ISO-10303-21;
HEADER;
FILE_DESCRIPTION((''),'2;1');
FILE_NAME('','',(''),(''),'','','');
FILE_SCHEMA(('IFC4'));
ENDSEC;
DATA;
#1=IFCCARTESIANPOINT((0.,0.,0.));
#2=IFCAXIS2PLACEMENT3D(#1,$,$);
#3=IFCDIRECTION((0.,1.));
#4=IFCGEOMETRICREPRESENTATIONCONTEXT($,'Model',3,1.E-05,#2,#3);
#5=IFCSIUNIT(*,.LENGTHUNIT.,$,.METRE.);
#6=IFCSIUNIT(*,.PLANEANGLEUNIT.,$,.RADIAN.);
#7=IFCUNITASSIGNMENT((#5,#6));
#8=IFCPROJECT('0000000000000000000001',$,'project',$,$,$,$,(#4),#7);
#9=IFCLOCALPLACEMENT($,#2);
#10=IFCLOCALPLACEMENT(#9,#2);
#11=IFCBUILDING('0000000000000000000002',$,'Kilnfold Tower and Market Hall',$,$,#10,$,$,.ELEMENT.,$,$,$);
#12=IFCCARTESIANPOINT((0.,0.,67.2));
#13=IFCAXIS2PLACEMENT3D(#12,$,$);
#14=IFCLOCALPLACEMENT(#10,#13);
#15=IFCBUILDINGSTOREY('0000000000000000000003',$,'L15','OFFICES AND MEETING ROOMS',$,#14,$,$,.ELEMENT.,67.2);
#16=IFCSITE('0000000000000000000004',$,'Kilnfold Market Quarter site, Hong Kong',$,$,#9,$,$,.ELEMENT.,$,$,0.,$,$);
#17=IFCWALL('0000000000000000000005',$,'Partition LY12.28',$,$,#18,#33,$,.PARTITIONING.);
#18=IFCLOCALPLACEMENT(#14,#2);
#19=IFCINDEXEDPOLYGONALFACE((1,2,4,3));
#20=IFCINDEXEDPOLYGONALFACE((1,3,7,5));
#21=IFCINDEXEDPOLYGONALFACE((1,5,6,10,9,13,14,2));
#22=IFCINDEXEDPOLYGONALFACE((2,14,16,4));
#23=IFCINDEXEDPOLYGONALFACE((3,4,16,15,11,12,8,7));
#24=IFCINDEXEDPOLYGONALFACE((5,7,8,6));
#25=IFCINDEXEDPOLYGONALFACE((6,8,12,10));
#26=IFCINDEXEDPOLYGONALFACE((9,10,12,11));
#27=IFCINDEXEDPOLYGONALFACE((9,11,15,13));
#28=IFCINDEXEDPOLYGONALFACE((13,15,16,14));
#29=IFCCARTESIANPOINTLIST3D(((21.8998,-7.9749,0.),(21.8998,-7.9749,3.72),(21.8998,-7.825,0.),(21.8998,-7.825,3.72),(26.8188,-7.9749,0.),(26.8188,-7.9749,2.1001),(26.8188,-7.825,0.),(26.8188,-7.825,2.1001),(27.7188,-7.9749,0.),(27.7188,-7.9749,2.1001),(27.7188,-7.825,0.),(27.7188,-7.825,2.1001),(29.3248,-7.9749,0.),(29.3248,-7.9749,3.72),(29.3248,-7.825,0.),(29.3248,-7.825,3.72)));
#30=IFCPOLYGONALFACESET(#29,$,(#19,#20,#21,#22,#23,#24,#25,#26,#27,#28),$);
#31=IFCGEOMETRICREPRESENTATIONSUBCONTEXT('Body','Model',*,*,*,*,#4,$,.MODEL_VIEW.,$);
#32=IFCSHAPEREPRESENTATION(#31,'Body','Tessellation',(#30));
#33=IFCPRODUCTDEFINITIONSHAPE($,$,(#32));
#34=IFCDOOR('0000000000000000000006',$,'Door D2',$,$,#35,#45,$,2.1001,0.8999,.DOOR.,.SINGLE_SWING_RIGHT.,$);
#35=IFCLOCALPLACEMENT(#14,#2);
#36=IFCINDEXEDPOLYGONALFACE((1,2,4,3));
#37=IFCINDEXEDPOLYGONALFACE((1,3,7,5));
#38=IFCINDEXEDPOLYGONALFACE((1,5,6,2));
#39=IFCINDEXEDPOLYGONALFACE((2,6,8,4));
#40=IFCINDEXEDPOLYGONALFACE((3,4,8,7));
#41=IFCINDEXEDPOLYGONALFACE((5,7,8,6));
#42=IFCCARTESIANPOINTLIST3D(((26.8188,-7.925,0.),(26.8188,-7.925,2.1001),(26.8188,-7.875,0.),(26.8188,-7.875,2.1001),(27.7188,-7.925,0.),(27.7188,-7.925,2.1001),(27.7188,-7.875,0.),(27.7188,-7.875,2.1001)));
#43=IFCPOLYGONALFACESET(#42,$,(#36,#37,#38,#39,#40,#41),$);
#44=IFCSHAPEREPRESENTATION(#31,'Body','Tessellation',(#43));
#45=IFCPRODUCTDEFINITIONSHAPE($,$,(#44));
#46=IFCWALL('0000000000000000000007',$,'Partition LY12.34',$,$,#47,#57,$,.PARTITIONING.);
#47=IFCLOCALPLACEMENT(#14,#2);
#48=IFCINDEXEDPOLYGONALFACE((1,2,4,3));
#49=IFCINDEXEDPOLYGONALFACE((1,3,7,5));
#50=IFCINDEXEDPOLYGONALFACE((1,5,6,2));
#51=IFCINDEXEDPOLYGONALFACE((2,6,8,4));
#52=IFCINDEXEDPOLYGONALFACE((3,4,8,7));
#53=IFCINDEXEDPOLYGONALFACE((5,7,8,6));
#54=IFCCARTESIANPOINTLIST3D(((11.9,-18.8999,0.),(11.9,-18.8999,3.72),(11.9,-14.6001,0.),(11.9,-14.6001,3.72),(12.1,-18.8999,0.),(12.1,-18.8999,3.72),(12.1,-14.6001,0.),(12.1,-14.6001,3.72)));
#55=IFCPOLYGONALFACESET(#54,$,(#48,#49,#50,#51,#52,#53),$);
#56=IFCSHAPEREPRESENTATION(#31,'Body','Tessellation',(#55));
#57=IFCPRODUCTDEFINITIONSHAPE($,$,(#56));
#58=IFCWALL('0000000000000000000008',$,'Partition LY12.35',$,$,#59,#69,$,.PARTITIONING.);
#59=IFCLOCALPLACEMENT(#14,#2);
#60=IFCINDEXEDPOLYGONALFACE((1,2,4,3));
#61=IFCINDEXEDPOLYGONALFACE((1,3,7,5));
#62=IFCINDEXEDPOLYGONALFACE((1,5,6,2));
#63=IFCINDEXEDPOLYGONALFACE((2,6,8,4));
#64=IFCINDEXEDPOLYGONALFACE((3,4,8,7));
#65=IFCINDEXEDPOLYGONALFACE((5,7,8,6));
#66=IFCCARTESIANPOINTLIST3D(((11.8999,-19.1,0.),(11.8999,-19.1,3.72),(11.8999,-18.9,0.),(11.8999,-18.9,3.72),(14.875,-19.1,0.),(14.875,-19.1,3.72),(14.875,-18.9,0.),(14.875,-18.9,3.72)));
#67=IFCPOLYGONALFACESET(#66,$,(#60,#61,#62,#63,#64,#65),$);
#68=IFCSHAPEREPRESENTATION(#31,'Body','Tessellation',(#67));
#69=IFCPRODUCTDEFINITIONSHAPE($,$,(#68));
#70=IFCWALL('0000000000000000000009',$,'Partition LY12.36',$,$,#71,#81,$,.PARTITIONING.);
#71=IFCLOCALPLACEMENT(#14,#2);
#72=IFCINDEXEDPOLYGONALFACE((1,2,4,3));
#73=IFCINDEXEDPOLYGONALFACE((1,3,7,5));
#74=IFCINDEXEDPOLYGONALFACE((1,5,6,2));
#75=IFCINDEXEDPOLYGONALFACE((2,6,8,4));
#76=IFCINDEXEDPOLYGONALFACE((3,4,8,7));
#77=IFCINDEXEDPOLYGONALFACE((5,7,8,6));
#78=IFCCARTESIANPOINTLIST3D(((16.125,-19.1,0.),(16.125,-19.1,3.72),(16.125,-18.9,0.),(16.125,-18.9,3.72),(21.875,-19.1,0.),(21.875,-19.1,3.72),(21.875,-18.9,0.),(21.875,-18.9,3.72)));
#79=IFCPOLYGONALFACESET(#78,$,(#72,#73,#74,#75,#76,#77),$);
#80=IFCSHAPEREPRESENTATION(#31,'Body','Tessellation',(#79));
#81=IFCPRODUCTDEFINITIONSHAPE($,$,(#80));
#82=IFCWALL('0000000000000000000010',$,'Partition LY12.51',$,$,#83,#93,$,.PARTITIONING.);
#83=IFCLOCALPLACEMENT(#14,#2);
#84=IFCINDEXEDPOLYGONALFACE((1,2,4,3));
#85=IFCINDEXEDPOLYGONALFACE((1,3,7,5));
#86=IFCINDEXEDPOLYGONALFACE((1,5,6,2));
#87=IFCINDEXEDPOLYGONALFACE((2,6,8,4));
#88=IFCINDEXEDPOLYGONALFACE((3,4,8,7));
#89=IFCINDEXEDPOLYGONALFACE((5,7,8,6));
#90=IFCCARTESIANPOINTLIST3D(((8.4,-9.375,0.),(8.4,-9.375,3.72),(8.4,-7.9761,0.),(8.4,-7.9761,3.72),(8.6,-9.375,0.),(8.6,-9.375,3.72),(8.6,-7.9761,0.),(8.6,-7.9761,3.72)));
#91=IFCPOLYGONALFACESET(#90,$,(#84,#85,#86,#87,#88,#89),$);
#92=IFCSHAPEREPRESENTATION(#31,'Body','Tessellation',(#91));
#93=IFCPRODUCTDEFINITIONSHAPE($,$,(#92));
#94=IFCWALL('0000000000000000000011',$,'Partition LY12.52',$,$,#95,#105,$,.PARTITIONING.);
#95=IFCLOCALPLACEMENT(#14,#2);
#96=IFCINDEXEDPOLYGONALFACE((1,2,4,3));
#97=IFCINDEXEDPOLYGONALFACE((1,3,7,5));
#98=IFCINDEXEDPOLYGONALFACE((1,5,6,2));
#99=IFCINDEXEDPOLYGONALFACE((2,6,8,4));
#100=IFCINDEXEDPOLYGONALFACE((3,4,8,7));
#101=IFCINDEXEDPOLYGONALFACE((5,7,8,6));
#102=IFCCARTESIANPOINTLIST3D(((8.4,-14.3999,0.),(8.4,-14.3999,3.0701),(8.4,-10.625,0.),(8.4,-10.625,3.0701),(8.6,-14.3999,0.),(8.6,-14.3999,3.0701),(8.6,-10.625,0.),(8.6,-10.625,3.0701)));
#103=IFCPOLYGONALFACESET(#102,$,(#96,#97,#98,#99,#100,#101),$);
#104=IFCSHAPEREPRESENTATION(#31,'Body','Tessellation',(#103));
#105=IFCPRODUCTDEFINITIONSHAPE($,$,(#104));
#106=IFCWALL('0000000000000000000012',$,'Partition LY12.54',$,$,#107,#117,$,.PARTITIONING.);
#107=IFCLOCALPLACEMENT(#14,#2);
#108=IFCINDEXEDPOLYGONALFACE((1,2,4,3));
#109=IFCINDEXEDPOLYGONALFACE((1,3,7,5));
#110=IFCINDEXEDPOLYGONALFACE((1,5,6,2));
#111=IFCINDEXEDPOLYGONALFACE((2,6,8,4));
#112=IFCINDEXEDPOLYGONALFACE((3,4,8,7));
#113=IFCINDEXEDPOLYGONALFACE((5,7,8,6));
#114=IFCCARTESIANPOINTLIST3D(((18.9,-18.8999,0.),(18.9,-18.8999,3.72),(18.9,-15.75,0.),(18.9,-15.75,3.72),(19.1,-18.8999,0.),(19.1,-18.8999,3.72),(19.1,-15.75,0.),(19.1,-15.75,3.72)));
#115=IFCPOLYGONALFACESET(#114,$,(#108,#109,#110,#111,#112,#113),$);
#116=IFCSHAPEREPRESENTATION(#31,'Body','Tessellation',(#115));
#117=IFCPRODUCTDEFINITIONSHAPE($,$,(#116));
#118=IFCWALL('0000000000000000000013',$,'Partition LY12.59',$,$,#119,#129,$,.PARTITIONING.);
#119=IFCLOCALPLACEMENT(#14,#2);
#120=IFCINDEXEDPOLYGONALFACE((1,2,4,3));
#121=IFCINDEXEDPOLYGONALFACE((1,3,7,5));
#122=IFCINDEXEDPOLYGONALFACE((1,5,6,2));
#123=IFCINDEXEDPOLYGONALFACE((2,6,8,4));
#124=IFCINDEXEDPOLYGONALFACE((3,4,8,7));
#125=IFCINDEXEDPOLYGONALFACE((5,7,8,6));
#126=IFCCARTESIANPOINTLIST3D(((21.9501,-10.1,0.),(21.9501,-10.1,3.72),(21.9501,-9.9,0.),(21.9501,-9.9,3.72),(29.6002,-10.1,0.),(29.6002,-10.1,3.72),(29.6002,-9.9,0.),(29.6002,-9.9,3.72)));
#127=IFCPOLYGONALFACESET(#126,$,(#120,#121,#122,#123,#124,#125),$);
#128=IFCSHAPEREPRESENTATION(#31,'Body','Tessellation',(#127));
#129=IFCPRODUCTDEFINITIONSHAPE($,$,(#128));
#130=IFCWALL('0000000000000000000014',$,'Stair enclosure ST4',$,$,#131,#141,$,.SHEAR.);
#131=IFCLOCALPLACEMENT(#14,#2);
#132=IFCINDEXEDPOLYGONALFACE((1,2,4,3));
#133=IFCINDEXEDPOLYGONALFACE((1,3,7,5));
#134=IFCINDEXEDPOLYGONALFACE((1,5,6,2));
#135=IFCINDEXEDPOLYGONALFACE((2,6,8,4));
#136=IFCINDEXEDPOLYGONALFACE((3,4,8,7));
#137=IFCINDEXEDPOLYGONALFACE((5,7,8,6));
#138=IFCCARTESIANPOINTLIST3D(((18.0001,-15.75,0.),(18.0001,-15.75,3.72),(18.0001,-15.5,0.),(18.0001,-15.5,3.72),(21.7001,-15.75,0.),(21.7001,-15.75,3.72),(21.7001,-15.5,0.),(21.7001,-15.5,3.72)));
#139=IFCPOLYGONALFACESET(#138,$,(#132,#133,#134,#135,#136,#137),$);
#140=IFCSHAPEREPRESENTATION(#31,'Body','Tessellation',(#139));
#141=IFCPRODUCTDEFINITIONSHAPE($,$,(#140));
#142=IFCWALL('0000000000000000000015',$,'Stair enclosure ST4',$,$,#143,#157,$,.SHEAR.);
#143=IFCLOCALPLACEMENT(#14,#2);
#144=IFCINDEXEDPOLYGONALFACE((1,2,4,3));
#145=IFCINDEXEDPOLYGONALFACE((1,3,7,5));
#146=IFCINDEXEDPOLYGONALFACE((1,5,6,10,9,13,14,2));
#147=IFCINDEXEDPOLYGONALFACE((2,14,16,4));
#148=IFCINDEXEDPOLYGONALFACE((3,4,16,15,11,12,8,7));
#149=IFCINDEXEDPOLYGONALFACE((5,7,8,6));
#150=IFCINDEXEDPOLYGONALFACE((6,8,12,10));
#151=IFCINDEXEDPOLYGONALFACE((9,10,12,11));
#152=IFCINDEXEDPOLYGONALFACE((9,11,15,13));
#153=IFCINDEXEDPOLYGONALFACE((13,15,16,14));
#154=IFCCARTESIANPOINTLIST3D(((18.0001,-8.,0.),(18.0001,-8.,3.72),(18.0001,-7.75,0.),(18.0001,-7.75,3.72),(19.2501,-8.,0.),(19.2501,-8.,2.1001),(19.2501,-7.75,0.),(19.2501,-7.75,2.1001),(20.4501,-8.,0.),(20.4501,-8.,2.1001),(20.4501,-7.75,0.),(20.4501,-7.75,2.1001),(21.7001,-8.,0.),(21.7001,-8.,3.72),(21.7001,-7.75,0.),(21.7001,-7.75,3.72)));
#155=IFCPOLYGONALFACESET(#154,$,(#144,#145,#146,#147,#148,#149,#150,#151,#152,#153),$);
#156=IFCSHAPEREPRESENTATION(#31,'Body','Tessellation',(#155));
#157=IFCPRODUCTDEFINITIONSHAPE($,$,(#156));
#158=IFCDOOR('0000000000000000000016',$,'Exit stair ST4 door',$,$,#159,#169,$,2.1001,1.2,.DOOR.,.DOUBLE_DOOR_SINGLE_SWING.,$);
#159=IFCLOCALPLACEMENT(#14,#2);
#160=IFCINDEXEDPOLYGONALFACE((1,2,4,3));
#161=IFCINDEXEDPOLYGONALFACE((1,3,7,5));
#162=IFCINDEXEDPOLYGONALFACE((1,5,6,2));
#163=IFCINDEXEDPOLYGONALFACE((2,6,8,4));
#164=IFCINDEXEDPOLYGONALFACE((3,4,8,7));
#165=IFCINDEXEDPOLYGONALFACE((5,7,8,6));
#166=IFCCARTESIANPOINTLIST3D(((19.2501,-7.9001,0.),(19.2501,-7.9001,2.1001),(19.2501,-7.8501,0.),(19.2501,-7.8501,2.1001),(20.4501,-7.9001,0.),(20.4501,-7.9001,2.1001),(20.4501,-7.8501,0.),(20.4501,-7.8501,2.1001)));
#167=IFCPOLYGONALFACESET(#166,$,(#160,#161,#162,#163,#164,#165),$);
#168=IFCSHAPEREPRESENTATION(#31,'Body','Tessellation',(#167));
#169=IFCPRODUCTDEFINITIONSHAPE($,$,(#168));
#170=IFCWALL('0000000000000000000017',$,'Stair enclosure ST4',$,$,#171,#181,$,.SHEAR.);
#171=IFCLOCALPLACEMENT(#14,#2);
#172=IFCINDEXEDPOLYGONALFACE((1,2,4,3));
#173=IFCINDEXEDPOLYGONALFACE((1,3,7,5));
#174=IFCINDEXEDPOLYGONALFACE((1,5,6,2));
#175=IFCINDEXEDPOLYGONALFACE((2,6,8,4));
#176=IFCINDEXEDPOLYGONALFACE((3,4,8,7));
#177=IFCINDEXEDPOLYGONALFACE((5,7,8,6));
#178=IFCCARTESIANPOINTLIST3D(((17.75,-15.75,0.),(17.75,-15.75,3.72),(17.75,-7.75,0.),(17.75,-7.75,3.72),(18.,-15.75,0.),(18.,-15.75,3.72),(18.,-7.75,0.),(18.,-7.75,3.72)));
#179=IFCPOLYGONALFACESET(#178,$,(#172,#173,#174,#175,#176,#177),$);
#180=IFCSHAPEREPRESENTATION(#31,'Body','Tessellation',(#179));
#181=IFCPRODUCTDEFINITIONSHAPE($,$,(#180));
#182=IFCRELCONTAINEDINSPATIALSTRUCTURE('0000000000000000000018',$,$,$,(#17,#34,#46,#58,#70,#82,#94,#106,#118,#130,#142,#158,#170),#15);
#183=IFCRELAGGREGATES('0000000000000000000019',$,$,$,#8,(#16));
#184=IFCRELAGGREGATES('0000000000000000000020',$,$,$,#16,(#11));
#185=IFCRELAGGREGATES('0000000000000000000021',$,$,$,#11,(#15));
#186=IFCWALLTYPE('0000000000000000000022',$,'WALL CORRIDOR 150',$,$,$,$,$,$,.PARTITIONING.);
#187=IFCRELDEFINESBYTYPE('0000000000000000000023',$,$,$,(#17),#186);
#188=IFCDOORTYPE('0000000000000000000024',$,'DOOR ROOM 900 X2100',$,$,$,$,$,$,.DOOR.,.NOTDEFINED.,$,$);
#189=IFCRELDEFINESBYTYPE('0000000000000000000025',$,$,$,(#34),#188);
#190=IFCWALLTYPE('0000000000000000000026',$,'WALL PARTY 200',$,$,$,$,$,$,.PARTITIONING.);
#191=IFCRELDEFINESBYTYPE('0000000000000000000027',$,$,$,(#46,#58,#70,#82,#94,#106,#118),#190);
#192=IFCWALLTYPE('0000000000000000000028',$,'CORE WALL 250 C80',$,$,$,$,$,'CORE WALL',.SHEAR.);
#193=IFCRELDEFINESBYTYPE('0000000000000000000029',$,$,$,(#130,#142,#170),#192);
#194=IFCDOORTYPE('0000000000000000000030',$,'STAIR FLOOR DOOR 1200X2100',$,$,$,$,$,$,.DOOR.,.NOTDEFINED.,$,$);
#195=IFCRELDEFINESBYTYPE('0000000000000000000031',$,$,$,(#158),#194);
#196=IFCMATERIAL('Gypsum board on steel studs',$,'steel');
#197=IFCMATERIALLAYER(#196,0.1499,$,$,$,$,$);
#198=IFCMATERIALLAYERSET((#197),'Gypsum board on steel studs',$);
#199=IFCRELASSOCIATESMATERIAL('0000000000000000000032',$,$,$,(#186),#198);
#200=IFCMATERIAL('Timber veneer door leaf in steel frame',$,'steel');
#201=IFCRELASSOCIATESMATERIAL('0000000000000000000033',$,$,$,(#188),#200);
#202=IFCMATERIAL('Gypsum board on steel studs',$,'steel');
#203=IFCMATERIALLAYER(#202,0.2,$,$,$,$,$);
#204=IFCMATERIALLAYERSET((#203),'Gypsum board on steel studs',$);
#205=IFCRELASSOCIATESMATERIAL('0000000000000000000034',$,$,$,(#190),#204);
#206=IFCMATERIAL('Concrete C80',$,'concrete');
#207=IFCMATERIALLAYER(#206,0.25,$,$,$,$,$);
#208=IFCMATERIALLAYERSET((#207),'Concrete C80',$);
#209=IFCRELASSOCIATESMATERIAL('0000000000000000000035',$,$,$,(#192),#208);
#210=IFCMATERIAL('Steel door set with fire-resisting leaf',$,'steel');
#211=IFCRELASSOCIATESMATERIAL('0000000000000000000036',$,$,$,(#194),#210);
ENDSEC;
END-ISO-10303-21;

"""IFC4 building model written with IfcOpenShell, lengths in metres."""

from ifc_helpers import new_model, si_unit, direction, frame, frame_2d, origin, place, context, subcontext, project, spatial, rectangle, extrude, source, transform, mapped, material, layer, layer_set, type_object, element, fill, save


model = new_model("IFC4")

# Units and contexts
model_context = context("Model", 3, precision=1e-05, world=origin(), true_north=direction((0.0, 1.0)))
body_context = subcontext(model_context, "Body", "Model", "MODEL_VIEW")
ifc_project = project(units=[si_unit("LENGTHUNIT", "METRE"), si_unit("PLANEANGLEUNIT", "RADIAN")], contexts=[model_context])

# Site, building, storey
site_placement = place(None, origin())
site = spatial("IfcSite", under=ifc_project, at=site_placement, Name="Kilnfold Market Quarter site, Hong Kong", CompositionType="ELEMENT", RefElevation=0.0)
building_placement = place(site_placement, origin())
building = spatial("IfcBuilding", under=site, at=building_placement, Name="Kilnfold Tower and Market Hall", CompositionType="ELEMENT")
storey_placement = place(building_placement, frame((0.0, 0.0, 67.2)))
storey = spatial("IfcBuildingStorey", under=building, at=storey_placement, Name="L15", Description="OFFICES AND MEETING ROOMS", CompositionType="ELEMENT", Elevation=67.2)

# Wall, opening, door
ifc_material_1 = material(Name="Gypsum board on steel studs", Category="steel")
ifc_layer_1 = layer(ifc_material_1, 0.1499)
ifc_layer_set_1 = layer_set([ifc_layer_1], Name="Gypsum board on steel studs")
wall_type_1 = type_object("IfcWallType", Name="WALL CORRIDOR 150", PredefinedType="PARTITIONING", material=ifc_layer_set_1)
wall_1_placement = place(storey_placement, frame((21.8999, -7.8999, 0.0), z_axis=(0.0, 0.0, 1.0), x_axis=(1.0, 0.0, 0.0)))
wall_1 = element("IfcWall", 1, at=wall_1_placement, inside=storey, type_object=wall_type_1, Name="Partition LY12.28", PredefinedType="PARTITIONING", context=body_context, shape_type="SweptSolid", body=[
    extrude(rectangle(XDim=7.425, YDim=0.1499, at=frame_2d((3.7124, 0.0))), origin(), (0.0, 0.0, 1.0), 3.72),
])
opening_1_placement = place(wall_1_placement, frame((4.9189, 0.0, 0.0)))
opening_1 = element("IfcOpeningElement", 2, at=opening_1_placement, cuts=wall_1, PredefinedType="OPENING", context=body_context, shape_type="SweptSolid", body=[
    extrude(rectangle(XDim=0.8999, YDim=2.1001, at=frame_2d((0.45, 1.05))), frame((0.0, 0.085, 0.0), z_axis=(0.0, -1.0, 0.0), x_axis=(1.0, 0.0, 0.0)), (0.0, 0.0, 1.0), 0.1699),
])
ifc_material_2 = material(Name="Timber veneer door leaf in steel frame", Category="steel")
door_type_1 = type_object("IfcDoorType", Name="DOOR ROOM 900 X2100", OperationType="NOTDEFINED", PredefinedType="DOOR", material=ifc_material_2)
door_1_placement = place(opening_1_placement, origin())
door_1 = element("IfcDoor", 3, at=door_1_placement, inside=storey, type_object=door_type_1, Name="Door D2", OperationType="SINGLE_SWING_RIGHT", OverallHeight=2.1001, OverallWidth=0.8999, PredefinedType="DOOR", context=body_context, shape_type="SweptSolid", body=[
    extrude(rectangle(XDim=0.8999, YDim=2.1001, at=frame_2d((0.45, 1.05))), frame((0.0, 0.0249, 0.0), z_axis=(0.0, -1.0, 0.0), x_axis=(1.0, 0.0, 0.0)), (0.0, 0.0, 1.0), 0.05),
])
fill(opening_1, door_1)

# Walls
ifc_material_3 = material(Name="Gypsum board on steel studs", Category="steel")
ifc_layer_2 = layer(ifc_material_3, 0.2)
ifc_layer_set_2 = layer_set([ifc_layer_2], Name="Gypsum board on steel studs")
wall_type_2 = type_object("IfcWallType", Name="WALL PARTY 200", PredefinedType="PARTITIONING", material=ifc_layer_set_2)
wall_2_placement = place(storey_placement, frame((12.0, -18.8999, 0.0), z_axis=(0.0, 0.0, 1.0), x_axis=(0.0, 1.0, 0.0)))
element("IfcWall", 4, at=wall_2_placement, inside=storey, type_object=wall_type_2, Name="Partition LY12.34", PredefinedType="PARTITIONING", context=body_context, shape_type="SweptSolid", body=[
    extrude(rectangle(XDim=4.2998, YDim=0.2, at=frame_2d((2.1499, 0.0))), origin(), (0.0, 0.0, 1.0), 3.72),
])
wall_3_placement = place(storey_placement, frame((11.8999, -19.0, 0.0), z_axis=(0.0, 0.0, 1.0), x_axis=(1.0, 0.0, 0.0)))
element("IfcWall", 5, at=wall_3_placement, inside=storey, type_object=wall_type_2, Name="Partition LY12.35", PredefinedType="PARTITIONING", context=body_context, shape_type="SweptSolid", body=[
    extrude(rectangle(XDim=2.9751, YDim=0.2, at=frame_2d((1.4875, 0.0))), origin(), (0.0, 0.0, 1.0), 3.72),
])
wall_4_placement = place(storey_placement, frame((16.125, -19.0, 0.0), z_axis=(0.0, 0.0, 1.0), x_axis=(1.0, 0.0, 0.0)))
element("IfcWall", 6, at=wall_4_placement, inside=storey, type_object=wall_type_2, Name="Partition LY12.36", PredefinedType="PARTITIONING", context=body_context, shape_type="SweptSolid", body=[
    extrude(rectangle(XDim=5.75, YDim=0.2, at=frame_2d((2.875, 0.0))), origin(), (0.0, 0.0, 1.0), 3.72),
])
wall_5_placement = place(storey_placement, frame((8.5, -9.375, 0.0), z_axis=(0.0, 0.0, 1.0), x_axis=(0.0, 1.0, 0.0)))
element("IfcWall", 7, at=wall_5_placement, inside=storey, type_object=wall_type_2, Name="Partition LY12.51", PredefinedType="PARTITIONING", context=body_context, shape_type="SweptSolid", body=[
    extrude(rectangle(XDim=1.3989, YDim=0.2, at=frame_2d((0.6995, 0.0))), origin(), (0.0, 0.0, 1.0), 3.72),
])
wall_6_placement = place(storey_placement, frame((8.5, -14.3999, 0.0), z_axis=(0.0, 0.0, 1.0), x_axis=(0.0, 1.0, 0.0)))
element("IfcWall", 8, at=wall_6_placement, inside=storey, type_object=wall_type_2, Name="Partition LY12.52", PredefinedType="PARTITIONING", context=body_context, shape_type="SweptSolid", body=[
    extrude(rectangle(XDim=3.7749, YDim=0.2, at=frame_2d((1.8875, 0.0))), origin(), (0.0, 0.0, 1.0), 3.0701),
])
wall_7_placement = place(storey_placement, frame((19.0, -18.8999, 0.0), z_axis=(0.0, 0.0, 1.0), x_axis=(0.0, 1.0, 0.0)))
element("IfcWall", 9, at=wall_7_placement, inside=storey, type_object=wall_type_2, Name="Partition LY12.54", PredefinedType="PARTITIONING", context=body_context, shape_type="SweptSolid", body=[
    extrude(rectangle(XDim=3.1499, YDim=0.2, at=frame_2d((1.575, 0.0))), origin(), (0.0, 0.0, 1.0), 3.72),
])
wall_8_placement = place(storey_placement, frame((21.95, -10.0, 0.0), z_axis=(0.0, 0.0, 1.0), x_axis=(1.0, 0.0, 0.0)))
element("IfcWall", 10, at=wall_8_placement, inside=storey, type_object=wall_type_2, Name="Partition LY12.59", PredefinedType="PARTITIONING", context=body_context, shape_type="SweptSolid", body=[
    extrude(rectangle(XDim=7.6501, YDim=0.2, at=frame_2d((3.8252, 0.0))), origin(), (0.0, 0.0, 1.0), 3.72),
])
ifc_material_4 = material(Name="Concrete C80", Category="concrete")
ifc_layer_3 = layer(ifc_material_4, 0.25)
ifc_layer_set_3 = layer_set([ifc_layer_3], Name="Concrete C80")
wall_type_3 = type_object("IfcWallType", Name="CORE WALL 250 C80", ElementType="CORE WALL", PredefinedType="SHEAR", material=ifc_layer_set_3)
shared_shape_1 = source(origin(), body_context, "Body", "SweptSolid", [
    extrude(rectangle(XDim=3.7, YDim=0.25, at=frame_2d((1.8501, 0.0))), origin(), (0.0, 0.0, 1.0), 3.72),
])
wall_9_placement = place(storey_placement, frame((18.0, -15.625, 0.0), z_axis=(0.0, 0.0, 1.0), x_axis=(1.0, 0.0, 0.0)))
element("IfcWall", 11, at=wall_9_placement, inside=storey, type_object=wall_type_3, Name="Stair enclosure ST4", PredefinedType="SHEAR", context=body_context, shape_type="MappedRepresentation", body=[
    mapped(shared_shape_1, transform((0.0, 0.0, 0.0))),
])

# Wall, opening, door
wall_10_placement = place(storey_placement, frame((18.0, -7.875, 0.0), z_axis=(0.0, 0.0, 1.0), x_axis=(1.0, 0.0, 0.0)))
wall_10 = element("IfcWall", 12, at=wall_10_placement, inside=storey, type_object=wall_type_3, Name="Stair enclosure ST4", PredefinedType="SHEAR", context=body_context, shape_type="MappedRepresentation", body=[
    mapped(shared_shape_1, transform((0.0, 0.0, 0.0))),
])
opening_2_placement = place(wall_10_placement, frame((1.25, 0.0, 0.0)))
opening_2 = element("IfcOpeningElement", 13, at=opening_2_placement, cuts=wall_10, PredefinedType="OPENING", context=body_context, shape_type="SweptSolid", body=[
    extrude(rectangle(XDim=1.2, YDim=2.1001, at=frame_2d((0.6001, 1.05))), frame((0.0, 0.135, 0.0), z_axis=(0.0, -1.0, 0.0), x_axis=(1.0, 0.0, 0.0)), (0.0, 0.0, 1.0), 0.27),
])
ifc_material_5 = material(Name="Steel door set with fire-resisting leaf", Category="steel")
door_type_2 = type_object("IfcDoorType", Name="STAIR FLOOR DOOR 1200X2100", OperationType="NOTDEFINED", PredefinedType="DOOR", material=ifc_material_5)
door_2_placement = place(opening_2_placement, origin())
door_2 = element("IfcDoor", 14, at=door_2_placement, inside=storey, type_object=door_type_2, Name="Exit stair ST4 door", OperationType="DOUBLE_DOOR_SINGLE_SWING", OverallHeight=2.1001, OverallWidth=1.2, PredefinedType="DOOR", context=body_context, shape_type="SweptSolid", body=[
    extrude(rectangle(XDim=1.2, YDim=2.1001, at=frame_2d((0.6001, 1.05))), frame((0.0, 0.0249, 0.0), z_axis=(0.0, -1.0, 0.0), x_axis=(1.0, 0.0, 0.0)), (0.0, 0.0, 1.0), 0.05),
])
fill(opening_2, door_2)

# Wall
shared_shape_2 = source(origin(), body_context, "Body", "SweptSolid", [
    extrude(rectangle(XDim=8.0, YDim=0.25, at=frame_2d((4.0, 0.0))), origin(), (0.0, 0.0, 1.0), 3.72),
])
for number, where, z_axis, x_axis, name in (
    (15, (17.875, -15.75, 0.0), (0.0, 0.0, 1.0), (0.0, 1.0, 0.0), "Stair enclosure ST4"),
):
    element("IfcWall", number, at=place(storey_placement, frame(where, z_axis=z_axis, x_axis=x_axis)), inside=storey, type_object=wall_type_3, Name=name, PredefinedType="SHEAR", context=body_context, shape_type="MappedRepresentation", body=[
        mapped(shared_shape_2, transform((0.0, 0.0, 0.0))),
    ])

save(model, "model.ifc")
